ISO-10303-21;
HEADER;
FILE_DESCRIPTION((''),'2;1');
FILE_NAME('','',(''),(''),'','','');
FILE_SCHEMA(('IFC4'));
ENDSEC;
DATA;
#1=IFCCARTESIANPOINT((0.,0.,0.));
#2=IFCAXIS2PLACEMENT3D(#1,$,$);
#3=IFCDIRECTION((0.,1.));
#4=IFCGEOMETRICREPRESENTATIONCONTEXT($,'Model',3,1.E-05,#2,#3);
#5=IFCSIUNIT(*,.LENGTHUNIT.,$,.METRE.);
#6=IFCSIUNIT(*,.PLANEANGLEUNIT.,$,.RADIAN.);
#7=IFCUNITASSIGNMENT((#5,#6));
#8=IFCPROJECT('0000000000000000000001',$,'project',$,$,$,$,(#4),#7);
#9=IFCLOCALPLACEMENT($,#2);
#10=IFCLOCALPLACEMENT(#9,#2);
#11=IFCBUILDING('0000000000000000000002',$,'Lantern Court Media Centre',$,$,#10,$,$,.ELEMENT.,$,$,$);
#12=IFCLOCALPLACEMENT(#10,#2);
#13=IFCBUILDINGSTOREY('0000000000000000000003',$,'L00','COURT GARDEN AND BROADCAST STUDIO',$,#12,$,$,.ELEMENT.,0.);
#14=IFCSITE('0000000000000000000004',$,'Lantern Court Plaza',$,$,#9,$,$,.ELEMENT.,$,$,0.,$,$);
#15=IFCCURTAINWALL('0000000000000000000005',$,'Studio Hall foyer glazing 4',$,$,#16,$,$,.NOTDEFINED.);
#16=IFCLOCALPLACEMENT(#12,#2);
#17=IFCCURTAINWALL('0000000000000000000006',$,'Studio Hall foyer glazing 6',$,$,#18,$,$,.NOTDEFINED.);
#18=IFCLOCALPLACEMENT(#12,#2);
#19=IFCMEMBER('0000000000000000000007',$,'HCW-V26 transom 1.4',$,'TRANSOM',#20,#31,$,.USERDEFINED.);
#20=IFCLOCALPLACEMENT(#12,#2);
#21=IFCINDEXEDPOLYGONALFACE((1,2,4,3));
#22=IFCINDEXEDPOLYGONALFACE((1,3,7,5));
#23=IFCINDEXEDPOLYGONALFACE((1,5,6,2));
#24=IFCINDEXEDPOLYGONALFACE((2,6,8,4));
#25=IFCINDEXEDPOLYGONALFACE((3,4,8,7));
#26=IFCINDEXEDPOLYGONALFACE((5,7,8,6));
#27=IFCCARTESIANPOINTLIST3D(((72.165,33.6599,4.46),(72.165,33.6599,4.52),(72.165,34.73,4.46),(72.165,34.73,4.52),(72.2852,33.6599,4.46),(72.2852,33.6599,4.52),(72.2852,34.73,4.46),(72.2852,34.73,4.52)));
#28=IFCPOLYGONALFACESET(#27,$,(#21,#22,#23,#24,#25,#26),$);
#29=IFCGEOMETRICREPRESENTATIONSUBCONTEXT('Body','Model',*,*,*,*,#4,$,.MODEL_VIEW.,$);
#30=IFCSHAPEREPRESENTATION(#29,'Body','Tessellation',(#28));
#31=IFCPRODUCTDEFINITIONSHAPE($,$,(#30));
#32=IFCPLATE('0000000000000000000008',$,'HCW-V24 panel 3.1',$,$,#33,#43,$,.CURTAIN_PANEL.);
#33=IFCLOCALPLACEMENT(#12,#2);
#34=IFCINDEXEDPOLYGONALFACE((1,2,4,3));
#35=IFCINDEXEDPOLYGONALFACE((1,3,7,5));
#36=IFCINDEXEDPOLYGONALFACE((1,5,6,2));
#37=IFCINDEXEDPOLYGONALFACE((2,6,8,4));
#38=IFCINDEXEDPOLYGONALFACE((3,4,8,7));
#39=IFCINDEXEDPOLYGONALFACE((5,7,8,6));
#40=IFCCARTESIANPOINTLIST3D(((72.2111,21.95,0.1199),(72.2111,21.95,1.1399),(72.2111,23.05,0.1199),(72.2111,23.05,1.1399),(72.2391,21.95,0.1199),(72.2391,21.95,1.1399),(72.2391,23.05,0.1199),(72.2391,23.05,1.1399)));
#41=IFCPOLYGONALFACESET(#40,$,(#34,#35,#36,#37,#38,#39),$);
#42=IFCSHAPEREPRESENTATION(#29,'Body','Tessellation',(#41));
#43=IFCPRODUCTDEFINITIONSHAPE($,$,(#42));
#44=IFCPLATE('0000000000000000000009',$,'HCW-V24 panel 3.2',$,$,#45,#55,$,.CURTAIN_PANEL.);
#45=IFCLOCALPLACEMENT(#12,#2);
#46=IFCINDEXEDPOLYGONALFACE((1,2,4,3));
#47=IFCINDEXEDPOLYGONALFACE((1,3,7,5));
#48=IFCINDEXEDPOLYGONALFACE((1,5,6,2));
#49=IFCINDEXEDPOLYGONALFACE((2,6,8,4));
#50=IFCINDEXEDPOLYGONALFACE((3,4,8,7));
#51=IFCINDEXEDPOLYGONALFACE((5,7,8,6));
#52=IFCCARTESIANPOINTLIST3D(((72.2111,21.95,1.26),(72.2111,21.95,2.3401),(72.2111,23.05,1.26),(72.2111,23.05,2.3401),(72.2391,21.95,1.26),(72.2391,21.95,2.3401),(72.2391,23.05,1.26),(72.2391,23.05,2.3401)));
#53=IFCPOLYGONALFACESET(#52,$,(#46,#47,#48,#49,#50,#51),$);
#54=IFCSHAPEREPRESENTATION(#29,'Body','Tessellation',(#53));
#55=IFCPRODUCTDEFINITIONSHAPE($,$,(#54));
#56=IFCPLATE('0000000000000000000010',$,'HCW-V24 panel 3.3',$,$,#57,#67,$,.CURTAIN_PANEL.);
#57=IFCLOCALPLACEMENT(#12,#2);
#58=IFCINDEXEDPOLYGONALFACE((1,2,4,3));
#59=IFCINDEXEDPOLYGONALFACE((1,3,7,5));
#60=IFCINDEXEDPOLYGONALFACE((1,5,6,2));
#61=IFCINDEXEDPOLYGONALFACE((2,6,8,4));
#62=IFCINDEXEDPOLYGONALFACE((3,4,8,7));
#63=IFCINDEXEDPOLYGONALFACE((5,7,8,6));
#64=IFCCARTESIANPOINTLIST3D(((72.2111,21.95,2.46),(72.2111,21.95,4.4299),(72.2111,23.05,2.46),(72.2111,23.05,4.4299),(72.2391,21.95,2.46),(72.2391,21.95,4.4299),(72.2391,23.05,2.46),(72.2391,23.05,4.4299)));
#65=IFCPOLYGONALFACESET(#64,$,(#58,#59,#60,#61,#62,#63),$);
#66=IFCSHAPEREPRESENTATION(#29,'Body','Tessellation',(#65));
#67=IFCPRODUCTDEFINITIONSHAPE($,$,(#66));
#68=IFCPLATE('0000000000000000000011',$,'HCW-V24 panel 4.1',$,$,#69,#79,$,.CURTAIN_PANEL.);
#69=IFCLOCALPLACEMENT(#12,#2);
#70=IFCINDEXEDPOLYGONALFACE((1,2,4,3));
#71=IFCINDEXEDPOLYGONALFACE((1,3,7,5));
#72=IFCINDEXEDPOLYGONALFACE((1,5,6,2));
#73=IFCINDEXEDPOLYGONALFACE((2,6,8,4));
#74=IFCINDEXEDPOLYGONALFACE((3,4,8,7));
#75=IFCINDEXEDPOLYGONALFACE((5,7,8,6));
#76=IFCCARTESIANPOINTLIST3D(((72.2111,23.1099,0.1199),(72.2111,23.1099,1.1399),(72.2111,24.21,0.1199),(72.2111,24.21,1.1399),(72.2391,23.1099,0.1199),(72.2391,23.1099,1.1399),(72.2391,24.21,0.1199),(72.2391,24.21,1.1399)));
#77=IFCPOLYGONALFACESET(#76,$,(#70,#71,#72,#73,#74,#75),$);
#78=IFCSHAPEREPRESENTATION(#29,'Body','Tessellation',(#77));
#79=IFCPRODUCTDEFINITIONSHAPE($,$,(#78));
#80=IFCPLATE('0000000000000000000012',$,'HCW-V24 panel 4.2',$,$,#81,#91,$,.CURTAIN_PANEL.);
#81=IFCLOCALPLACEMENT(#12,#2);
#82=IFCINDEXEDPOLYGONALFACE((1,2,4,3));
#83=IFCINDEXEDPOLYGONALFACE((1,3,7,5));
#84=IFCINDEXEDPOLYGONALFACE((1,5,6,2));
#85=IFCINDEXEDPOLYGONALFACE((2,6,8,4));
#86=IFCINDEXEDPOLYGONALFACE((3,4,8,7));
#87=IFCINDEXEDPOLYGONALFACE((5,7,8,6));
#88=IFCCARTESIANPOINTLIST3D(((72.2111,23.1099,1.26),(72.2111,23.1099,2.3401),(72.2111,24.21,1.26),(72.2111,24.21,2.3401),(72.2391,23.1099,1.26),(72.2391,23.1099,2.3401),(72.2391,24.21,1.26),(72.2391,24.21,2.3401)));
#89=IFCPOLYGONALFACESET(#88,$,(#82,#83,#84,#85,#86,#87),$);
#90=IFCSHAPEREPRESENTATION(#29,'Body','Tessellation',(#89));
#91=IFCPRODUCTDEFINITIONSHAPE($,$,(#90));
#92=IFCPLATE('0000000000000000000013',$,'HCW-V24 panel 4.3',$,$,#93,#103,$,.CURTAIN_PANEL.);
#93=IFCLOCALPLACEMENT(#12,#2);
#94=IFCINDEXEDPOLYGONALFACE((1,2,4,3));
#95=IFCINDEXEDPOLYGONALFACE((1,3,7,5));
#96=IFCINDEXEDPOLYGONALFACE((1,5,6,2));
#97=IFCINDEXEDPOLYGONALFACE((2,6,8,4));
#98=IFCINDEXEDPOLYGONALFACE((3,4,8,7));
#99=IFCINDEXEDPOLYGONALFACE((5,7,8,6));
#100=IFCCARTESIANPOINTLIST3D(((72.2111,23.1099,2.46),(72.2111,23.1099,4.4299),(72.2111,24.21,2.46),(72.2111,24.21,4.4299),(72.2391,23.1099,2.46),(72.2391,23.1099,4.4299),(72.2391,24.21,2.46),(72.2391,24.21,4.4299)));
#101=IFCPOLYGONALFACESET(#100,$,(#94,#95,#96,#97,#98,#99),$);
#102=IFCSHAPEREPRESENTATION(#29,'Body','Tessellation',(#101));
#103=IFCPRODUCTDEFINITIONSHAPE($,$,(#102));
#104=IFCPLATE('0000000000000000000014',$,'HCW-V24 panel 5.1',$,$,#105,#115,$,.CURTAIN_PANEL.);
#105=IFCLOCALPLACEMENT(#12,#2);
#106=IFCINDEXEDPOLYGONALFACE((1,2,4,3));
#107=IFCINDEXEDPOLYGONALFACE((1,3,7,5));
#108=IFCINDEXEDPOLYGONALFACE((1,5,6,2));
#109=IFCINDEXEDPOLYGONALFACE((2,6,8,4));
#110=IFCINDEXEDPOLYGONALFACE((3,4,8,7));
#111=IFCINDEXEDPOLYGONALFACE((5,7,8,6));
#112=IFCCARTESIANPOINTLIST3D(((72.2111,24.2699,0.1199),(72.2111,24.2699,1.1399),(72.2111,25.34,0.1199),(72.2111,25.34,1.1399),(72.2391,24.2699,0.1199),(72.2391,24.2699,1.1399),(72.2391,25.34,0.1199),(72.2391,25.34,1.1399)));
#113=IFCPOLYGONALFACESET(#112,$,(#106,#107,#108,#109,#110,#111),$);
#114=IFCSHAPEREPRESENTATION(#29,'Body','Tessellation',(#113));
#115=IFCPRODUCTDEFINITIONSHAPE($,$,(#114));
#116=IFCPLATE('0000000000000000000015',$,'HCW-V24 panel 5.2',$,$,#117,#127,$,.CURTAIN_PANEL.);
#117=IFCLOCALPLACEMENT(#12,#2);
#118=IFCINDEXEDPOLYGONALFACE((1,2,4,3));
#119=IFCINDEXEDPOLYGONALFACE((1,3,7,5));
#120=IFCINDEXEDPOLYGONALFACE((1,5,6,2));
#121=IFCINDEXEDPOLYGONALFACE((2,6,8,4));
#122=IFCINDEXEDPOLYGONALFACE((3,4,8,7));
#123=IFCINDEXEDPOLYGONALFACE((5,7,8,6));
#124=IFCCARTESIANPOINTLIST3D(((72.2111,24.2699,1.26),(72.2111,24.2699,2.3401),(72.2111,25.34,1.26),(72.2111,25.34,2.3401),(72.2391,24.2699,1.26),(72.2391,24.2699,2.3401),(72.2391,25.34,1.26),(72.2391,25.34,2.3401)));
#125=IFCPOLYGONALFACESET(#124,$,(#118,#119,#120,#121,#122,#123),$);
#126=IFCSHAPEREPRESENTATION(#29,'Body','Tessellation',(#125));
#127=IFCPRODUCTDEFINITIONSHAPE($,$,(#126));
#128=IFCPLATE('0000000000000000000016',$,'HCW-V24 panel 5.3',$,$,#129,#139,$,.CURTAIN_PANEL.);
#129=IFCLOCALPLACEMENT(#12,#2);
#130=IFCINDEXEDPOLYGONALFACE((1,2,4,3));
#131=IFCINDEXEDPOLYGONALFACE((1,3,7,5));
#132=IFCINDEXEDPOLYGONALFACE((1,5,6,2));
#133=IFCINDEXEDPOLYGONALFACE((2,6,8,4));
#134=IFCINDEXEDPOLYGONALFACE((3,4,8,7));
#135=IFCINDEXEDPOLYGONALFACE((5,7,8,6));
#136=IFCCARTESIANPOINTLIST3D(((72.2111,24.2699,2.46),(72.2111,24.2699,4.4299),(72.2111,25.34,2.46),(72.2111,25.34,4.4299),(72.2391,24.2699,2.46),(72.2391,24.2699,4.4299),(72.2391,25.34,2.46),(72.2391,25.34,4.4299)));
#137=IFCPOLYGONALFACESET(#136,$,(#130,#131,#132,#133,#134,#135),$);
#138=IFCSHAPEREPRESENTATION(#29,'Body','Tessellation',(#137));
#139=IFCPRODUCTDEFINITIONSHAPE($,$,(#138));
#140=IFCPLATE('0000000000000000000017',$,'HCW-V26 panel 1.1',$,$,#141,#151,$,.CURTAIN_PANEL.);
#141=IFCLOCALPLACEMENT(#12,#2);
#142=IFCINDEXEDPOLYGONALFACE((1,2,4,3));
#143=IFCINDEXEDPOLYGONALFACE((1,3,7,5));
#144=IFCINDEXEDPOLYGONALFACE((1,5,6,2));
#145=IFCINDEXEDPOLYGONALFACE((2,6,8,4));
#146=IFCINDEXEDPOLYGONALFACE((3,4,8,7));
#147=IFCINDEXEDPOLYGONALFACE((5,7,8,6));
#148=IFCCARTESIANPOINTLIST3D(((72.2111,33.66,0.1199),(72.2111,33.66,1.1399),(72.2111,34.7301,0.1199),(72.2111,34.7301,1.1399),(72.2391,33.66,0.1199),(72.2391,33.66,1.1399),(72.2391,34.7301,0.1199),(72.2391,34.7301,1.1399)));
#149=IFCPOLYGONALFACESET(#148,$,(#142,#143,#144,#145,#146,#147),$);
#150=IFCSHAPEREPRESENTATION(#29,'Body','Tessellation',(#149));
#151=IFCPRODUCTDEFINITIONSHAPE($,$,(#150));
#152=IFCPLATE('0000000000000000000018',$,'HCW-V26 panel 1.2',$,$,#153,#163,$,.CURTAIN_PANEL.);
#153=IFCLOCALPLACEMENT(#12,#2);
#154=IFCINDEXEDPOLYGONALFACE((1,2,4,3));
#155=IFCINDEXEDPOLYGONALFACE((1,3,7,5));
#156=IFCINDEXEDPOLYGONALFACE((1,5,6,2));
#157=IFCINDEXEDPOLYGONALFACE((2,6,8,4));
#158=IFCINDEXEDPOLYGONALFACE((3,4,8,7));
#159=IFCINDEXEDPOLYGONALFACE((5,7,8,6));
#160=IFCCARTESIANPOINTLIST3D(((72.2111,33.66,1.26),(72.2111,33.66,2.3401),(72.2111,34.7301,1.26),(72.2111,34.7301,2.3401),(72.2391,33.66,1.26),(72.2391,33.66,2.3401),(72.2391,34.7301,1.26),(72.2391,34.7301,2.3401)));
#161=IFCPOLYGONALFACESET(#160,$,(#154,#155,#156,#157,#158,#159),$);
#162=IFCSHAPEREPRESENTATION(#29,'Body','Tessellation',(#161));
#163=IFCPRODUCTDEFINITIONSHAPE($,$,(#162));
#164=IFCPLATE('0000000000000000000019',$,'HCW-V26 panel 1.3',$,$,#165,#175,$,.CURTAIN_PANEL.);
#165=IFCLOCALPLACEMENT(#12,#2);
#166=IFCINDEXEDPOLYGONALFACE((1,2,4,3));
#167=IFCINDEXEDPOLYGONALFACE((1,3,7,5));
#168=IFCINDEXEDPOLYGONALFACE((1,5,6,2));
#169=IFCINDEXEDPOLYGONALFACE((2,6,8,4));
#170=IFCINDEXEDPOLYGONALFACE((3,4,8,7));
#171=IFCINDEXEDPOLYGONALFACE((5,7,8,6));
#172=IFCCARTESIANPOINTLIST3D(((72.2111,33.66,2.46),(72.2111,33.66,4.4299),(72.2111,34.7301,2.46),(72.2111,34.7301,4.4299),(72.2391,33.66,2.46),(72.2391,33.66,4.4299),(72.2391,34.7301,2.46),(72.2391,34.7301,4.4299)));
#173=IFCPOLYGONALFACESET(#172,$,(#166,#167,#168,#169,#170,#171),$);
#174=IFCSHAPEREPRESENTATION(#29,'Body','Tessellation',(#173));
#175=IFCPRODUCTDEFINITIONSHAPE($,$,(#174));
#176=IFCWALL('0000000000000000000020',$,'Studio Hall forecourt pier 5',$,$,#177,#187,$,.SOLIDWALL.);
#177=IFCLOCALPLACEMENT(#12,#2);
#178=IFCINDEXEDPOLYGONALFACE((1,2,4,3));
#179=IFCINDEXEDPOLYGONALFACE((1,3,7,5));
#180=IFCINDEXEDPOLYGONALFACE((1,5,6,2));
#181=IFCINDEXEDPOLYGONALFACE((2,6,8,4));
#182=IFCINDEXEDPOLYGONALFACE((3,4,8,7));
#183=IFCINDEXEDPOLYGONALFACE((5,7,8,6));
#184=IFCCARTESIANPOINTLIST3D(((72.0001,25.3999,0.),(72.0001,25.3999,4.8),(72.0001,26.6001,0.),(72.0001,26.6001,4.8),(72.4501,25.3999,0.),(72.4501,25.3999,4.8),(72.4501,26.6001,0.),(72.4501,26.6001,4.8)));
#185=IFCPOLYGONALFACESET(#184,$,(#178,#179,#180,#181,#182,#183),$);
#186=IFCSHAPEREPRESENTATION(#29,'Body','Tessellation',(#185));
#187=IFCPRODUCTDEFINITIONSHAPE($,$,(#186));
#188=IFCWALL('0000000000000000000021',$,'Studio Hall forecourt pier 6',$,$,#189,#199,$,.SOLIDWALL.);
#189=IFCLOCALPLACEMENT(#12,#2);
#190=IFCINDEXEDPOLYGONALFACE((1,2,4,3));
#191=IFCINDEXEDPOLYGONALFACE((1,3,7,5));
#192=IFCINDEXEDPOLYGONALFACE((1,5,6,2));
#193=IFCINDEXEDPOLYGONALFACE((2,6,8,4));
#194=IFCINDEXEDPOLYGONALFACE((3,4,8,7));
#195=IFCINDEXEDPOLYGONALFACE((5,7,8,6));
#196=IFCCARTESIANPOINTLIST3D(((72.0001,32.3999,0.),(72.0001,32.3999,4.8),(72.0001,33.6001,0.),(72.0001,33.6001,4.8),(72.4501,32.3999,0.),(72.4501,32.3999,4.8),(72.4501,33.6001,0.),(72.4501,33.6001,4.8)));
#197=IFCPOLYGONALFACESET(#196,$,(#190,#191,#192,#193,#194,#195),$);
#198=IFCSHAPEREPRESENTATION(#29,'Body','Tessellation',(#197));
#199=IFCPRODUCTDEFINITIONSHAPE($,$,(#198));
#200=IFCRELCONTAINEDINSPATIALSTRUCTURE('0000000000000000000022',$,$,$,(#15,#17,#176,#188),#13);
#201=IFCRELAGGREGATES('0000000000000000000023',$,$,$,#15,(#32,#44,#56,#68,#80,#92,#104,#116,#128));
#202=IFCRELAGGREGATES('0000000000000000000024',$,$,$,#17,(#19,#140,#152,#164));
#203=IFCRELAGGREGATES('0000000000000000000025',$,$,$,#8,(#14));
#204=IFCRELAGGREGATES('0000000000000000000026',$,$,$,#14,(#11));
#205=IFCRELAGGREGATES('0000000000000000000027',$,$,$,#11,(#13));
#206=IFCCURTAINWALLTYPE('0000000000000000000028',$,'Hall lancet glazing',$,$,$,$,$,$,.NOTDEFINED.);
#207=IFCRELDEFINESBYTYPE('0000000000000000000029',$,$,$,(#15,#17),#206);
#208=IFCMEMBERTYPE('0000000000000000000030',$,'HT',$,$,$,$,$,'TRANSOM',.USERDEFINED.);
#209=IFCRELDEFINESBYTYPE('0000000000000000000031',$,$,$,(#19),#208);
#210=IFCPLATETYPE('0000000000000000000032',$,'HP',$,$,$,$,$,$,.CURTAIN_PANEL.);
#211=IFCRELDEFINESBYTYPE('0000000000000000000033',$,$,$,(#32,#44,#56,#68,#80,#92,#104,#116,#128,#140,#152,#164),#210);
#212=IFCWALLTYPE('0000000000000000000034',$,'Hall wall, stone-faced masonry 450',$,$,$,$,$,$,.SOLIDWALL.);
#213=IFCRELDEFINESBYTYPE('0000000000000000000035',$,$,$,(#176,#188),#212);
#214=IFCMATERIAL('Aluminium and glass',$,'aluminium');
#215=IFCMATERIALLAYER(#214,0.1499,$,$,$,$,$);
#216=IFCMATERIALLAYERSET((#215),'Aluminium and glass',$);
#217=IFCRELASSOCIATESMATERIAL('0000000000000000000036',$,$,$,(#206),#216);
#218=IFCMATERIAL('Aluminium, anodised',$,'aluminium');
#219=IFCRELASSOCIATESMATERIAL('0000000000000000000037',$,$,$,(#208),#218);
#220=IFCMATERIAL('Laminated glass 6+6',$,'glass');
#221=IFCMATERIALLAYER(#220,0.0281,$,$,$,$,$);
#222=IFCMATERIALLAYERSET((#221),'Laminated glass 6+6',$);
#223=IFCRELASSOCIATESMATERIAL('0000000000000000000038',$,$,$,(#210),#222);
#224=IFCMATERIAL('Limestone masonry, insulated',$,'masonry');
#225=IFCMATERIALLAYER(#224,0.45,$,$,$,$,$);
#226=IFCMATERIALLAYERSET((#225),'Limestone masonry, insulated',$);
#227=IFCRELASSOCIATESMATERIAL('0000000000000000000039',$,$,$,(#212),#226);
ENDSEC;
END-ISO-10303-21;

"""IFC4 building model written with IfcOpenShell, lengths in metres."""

from ifc_helpers import new_model, si_unit, direction, frame, frame_2d, origin, origin_2d, place, context, subcontext, project, spatial, rectangle, extrude, material, layer, layer_set, material_profile, profile_set, type_object, element, aggregate, save


model = new_model("IFC4")

# Units and contexts
model_context = context("Model", 3, precision=1e-05, world=origin(), true_north=direction((0.0, 1.0)))
body_context = subcontext(model_context, "Body", "Model", "MODEL_VIEW")
ifc_project = project(units=[si_unit("LENGTHUNIT", "METRE"), si_unit("PLANEANGLEUNIT", "RADIAN")], contexts=[model_context])

# Site, building, storey
site_placement = place(None, origin())
site = spatial("IfcSite", under=ifc_project, at=site_placement, Name="Lantern Court Plaza", CompositionType="ELEMENT", RefElevation=0.0)
building_placement = place(site_placement, origin())
building = spatial("IfcBuilding", under=site, at=building_placement, Name="Lantern Court Media Centre", CompositionType="ELEMENT")
storey_placement = place(building_placement, origin())
storey = spatial("IfcBuildingStorey", under=building, at=storey_placement, Name="L00", Description="COURT GARDEN AND BROADCAST STUDIO", CompositionType="ELEMENT", Elevation=0.0)

# Curtain wall
ifc_material_1 = material(Name="Aluminium and glass", Category="aluminium")
ifc_layer_1 = layer(ifc_material_1, 0.1499)
ifc_layer_set_1 = layer_set([ifc_layer_1], Name="Aluminium and glass")
curtain_wall_type = type_object("IfcCurtainWallType", Name="Hall lancet glazing", PredefinedType="NOTDEFINED", material=ifc_layer_set_1)
curtain_wall_1_placement = place(storey_placement, origin())
curtain_wall_1 = element("IfcCurtainWall", 1, at=curtain_wall_1_placement, inside=storey, type_object=curtain_wall_type, Name="Studio Hall foyer glazing 4", PredefinedType="NOTDEFINED")
ifc_material_2 = material(Name="Aluminium, anodised", Category="aluminium")

# Curtain wall
curtain_wall_2_placement = place(storey_placement, origin())
curtain_wall_2 = element("IfcCurtainWall", 2, at=curtain_wall_2_placement, inside=storey, type_object=curtain_wall_type, Name="Studio Hall foyer glazing 6", PredefinedType="NOTDEFINED")

# Member
ifc_material_profile_1 = material_profile(ifc_material_2, rectangle(XDim=0.1201, YDim=0.0601, at=origin_2d()), Name="HT")
ifc_profile_set_1 = profile_set([ifc_material_profile_1], Name="Aluminium, anodised")
member_type_1 = type_object("IfcMemberType", Name="HT", ElementType="TRANSOM", PredefinedType="USERDEFINED", material=ifc_profile_set_1)
member_1_placement = place(storey_placement, frame((72.2251, 33.6599, 4.49), z_axis=(0.0, 1.0, 0.0), x_axis=(-1.0, 0.0, 0.0)))
member_1 = element("IfcMember", 3, at=member_1_placement, type_object=member_type_1, Name="HCW-V26 transom 1.4", ObjectType="TRANSOM", PredefinedType="USERDEFINED", context=body_context, shape_type="SweptSolid", body=[
    extrude(rectangle(XDim=0.1201, YDim=0.0601, at=origin_2d()), origin(), (0.0, 0.0, 1.0), 1.0701),
])

# Plates
ifc_material_3 = material(Name="Laminated glass 6+6", Category="glass")
ifc_layer_2 = layer(ifc_material_3, 0.0281)
ifc_layer_set_2 = layer_set([ifc_layer_2], Name="Laminated glass 6+6")
plate_type = type_object("IfcPlateType", Name="HP", PredefinedType="CURTAIN_PANEL", material=ifc_layer_set_2)
plate_1_placement = place(storey_placement, frame((72.2251, 22.5, 0.1199), z_axis=(0.0, 0.0, 1.0), x_axis=(0.0, 1.0, 0.0)))
plate_1 = element("IfcPlate", 4, at=plate_1_placement, type_object=plate_type, Name="HCW-V24 panel 3.1", PredefinedType="CURTAIN_PANEL", context=body_context, shape_type="SweptSolid", body=[
    extrude(rectangle(XDim=1.1001, YDim=0.0281, at=origin_2d()), origin(), (0.0, 0.0, 1.0), 1.02),
])
plate_2_placement = place(storey_placement, frame((72.2251, 22.5, 1.26), z_axis=(0.0, 0.0, 1.0), x_axis=(0.0, 1.0, 0.0)))
plate_2 = element("IfcPlate", 5, at=plate_2_placement, type_object=plate_type, Name="HCW-V24 panel 3.2", PredefinedType="CURTAIN_PANEL", context=body_context, shape_type="SweptSolid", body=[
    extrude(rectangle(XDim=1.1001, YDim=0.0281, at=origin_2d()), origin(), (0.0, 0.0, 1.0), 1.0801),
])
plate_3_placement = place(storey_placement, frame((72.2251, 22.5, 2.46), z_axis=(0.0, 0.0, 1.0), x_axis=(0.0, 1.0, 0.0)))
plate_3 = element("IfcPlate", 6, at=plate_3_placement, type_object=plate_type, Name="HCW-V24 panel 3.3", PredefinedType="CURTAIN_PANEL", context=body_context, shape_type="SweptSolid", body=[
    extrude(rectangle(XDim=1.1001, YDim=0.0281, at=origin_2d()), origin(), (0.0, 0.0, 1.0), 1.97),
])
plate_4_placement = place(storey_placement, frame((72.2251, 23.6599, 0.1199), z_axis=(0.0, 0.0, 1.0), x_axis=(0.0, 1.0, 0.0)))
plate_4 = element("IfcPlate", 7, at=plate_4_placement, type_object=plate_type, Name="HCW-V24 panel 4.1", PredefinedType="CURTAIN_PANEL", context=body_context, shape_type="SweptSolid", body=[
    extrude(rectangle(XDim=1.1001, YDim=0.0281, at=origin_2d()), origin(), (0.0, 0.0, 1.0), 1.02),
])
plate_5_placement = place(storey_placement, frame((72.2251, 23.6599, 1.26), z_axis=(0.0, 0.0, 1.0), x_axis=(0.0, 1.0, 0.0)))
plate_5 = element("IfcPlate", 8, at=plate_5_placement, type_object=plate_type, Name="HCW-V24 panel 4.2", PredefinedType="CURTAIN_PANEL", context=body_context, shape_type="SweptSolid", body=[
    extrude(rectangle(XDim=1.1001, YDim=0.0281, at=origin_2d()), origin(), (0.0, 0.0, 1.0), 1.0801),
])
plate_6_placement = place(storey_placement, frame((72.2251, 23.6599, 2.46), z_axis=(0.0, 0.0, 1.0), x_axis=(0.0, 1.0, 0.0)))
plate_6 = element("IfcPlate", 9, at=plate_6_placement, type_object=plate_type, Name="HCW-V24 panel 4.3", PredefinedType="CURTAIN_PANEL", context=body_context, shape_type="SweptSolid", body=[
    extrude(rectangle(XDim=1.1001, YDim=0.0281, at=origin_2d()), origin(), (0.0, 0.0, 1.0), 1.97),
])
plate_7_placement = place(storey_placement, frame((72.2251, 24.8049, 0.1199), z_axis=(0.0, 0.0, 1.0), x_axis=(0.0, 1.0, 0.0)))
plate_7 = element("IfcPlate", 10, at=plate_7_placement, type_object=plate_type, Name="HCW-V24 panel 5.1", PredefinedType="CURTAIN_PANEL", context=body_context, shape_type="SweptSolid", body=[
    extrude(rectangle(XDim=1.0701, YDim=0.0281, at=origin_2d()), origin(), (0.0, 0.0, 1.0), 1.02),
])
plate_8_placement = place(storey_placement, frame((72.2251, 24.8049, 1.26), z_axis=(0.0, 0.0, 1.0), x_axis=(0.0, 1.0, 0.0)))
plate_8 = element("IfcPlate", 11, at=plate_8_placement, type_object=plate_type, Name="HCW-V24 panel 5.2", PredefinedType="CURTAIN_PANEL", context=body_context, shape_type="SweptSolid", body=[
    extrude(rectangle(XDim=1.0701, YDim=0.0281, at=origin_2d()), origin(), (0.0, 0.0, 1.0), 1.0801),
])
plate_9_placement = place(storey_placement, frame((72.2251, 24.8049, 2.46), z_axis=(0.0, 0.0, 1.0), x_axis=(0.0, 1.0, 0.0)))
plate_9 = element("IfcPlate", 12, at=plate_9_placement, type_object=plate_type, Name="HCW-V24 panel 5.3", PredefinedType="CURTAIN_PANEL", context=body_context, shape_type="SweptSolid", body=[
    extrude(rectangle(XDim=1.0701, YDim=0.0281, at=origin_2d()), origin(), (0.0, 0.0, 1.0), 1.97),
])
aggregate(curtain_wall_1, [plate_1, plate_2, plate_3, plate_4, plate_5, plate_6, plate_7, plate_8, plate_9])
plate_10_placement = place(storey_placement, frame((72.2251, 34.1951, 0.1199), z_axis=(0.0, 0.0, 1.0), x_axis=(0.0, 1.0, 0.0)))
plate_10 = element("IfcPlate", 13, at=plate_10_placement, type_object=plate_type, Name="HCW-V26 panel 1.1", PredefinedType="CURTAIN_PANEL", context=body_context, shape_type="SweptSolid", body=[
    extrude(rectangle(XDim=1.0701, YDim=0.0281, at=origin_2d()), origin(), (0.0, 0.0, 1.0), 1.02),
])
plate_11_placement = place(storey_placement, frame((72.2251, 34.1951, 1.26), z_axis=(0.0, 0.0, 1.0), x_axis=(0.0, 1.0, 0.0)))
plate_11 = element("IfcPlate", 14, at=plate_11_placement, type_object=plate_type, Name="HCW-V26 panel 1.2", PredefinedType="CURTAIN_PANEL", context=body_context, shape_type="SweptSolid", body=[
    extrude(rectangle(XDim=1.0701, YDim=0.0281, at=origin_2d()), origin(), (0.0, 0.0, 1.0), 1.0801),
])
plate_12_placement = place(storey_placement, frame((72.2251, 34.1951, 2.46), z_axis=(0.0, 0.0, 1.0), x_axis=(0.0, 1.0, 0.0)))
plate_12 = element("IfcPlate", 15, at=plate_12_placement, type_object=plate_type, Name="HCW-V26 panel 1.3", PredefinedType="CURTAIN_PANEL", context=body_context, shape_type="SweptSolid", body=[
    extrude(rectangle(XDim=1.0701, YDim=0.0281, at=origin_2d()), origin(), (0.0, 0.0, 1.0), 1.97),
])
aggregate(curtain_wall_2, [member_1, plate_10, plate_11, plate_12])

# Walls
ifc_material_4 = material(Name="Limestone masonry, insulated", Category="masonry")
ifc_layer_3 = layer(ifc_material_4, 0.45)
ifc_layer_set_3 = layer_set([ifc_layer_3], Name="Limestone masonry, insulated")
wall_type_1 = type_object("IfcWallType", Name="Hall wall, stone-faced masonry 450", PredefinedType="SOLIDWALL", material=ifc_layer_set_3)
for number, where, z_axis, x_axis, name in (
    (16, (72.2251, 25.3999, 0.0), (0.0, 0.0, 1.0), (0.0, 1.0, 0.0), "Studio Hall forecourt pier 5"),
    (17, (72.2251, 32.3999, 0.0), (0.0, 0.0, 1.0), (0.0, 1.0, 0.0), "Studio Hall forecourt pier 6"),
):
    element("IfcWall", number, at=place(storey_placement, frame(where, z_axis=z_axis, x_axis=x_axis)), inside=storey, type_object=wall_type_1, Name=name, PredefinedType="SOLIDWALL", context=body_context, shape_type="SweptSolid", body=[
        extrude(rectangle(XDim=1.2002, YDim=0.45, at=frame_2d((0.6001, 0.0))), origin(), (0.0, 0.0, 1.0), 4.8),
    ])

save(model, "model.ifc")
